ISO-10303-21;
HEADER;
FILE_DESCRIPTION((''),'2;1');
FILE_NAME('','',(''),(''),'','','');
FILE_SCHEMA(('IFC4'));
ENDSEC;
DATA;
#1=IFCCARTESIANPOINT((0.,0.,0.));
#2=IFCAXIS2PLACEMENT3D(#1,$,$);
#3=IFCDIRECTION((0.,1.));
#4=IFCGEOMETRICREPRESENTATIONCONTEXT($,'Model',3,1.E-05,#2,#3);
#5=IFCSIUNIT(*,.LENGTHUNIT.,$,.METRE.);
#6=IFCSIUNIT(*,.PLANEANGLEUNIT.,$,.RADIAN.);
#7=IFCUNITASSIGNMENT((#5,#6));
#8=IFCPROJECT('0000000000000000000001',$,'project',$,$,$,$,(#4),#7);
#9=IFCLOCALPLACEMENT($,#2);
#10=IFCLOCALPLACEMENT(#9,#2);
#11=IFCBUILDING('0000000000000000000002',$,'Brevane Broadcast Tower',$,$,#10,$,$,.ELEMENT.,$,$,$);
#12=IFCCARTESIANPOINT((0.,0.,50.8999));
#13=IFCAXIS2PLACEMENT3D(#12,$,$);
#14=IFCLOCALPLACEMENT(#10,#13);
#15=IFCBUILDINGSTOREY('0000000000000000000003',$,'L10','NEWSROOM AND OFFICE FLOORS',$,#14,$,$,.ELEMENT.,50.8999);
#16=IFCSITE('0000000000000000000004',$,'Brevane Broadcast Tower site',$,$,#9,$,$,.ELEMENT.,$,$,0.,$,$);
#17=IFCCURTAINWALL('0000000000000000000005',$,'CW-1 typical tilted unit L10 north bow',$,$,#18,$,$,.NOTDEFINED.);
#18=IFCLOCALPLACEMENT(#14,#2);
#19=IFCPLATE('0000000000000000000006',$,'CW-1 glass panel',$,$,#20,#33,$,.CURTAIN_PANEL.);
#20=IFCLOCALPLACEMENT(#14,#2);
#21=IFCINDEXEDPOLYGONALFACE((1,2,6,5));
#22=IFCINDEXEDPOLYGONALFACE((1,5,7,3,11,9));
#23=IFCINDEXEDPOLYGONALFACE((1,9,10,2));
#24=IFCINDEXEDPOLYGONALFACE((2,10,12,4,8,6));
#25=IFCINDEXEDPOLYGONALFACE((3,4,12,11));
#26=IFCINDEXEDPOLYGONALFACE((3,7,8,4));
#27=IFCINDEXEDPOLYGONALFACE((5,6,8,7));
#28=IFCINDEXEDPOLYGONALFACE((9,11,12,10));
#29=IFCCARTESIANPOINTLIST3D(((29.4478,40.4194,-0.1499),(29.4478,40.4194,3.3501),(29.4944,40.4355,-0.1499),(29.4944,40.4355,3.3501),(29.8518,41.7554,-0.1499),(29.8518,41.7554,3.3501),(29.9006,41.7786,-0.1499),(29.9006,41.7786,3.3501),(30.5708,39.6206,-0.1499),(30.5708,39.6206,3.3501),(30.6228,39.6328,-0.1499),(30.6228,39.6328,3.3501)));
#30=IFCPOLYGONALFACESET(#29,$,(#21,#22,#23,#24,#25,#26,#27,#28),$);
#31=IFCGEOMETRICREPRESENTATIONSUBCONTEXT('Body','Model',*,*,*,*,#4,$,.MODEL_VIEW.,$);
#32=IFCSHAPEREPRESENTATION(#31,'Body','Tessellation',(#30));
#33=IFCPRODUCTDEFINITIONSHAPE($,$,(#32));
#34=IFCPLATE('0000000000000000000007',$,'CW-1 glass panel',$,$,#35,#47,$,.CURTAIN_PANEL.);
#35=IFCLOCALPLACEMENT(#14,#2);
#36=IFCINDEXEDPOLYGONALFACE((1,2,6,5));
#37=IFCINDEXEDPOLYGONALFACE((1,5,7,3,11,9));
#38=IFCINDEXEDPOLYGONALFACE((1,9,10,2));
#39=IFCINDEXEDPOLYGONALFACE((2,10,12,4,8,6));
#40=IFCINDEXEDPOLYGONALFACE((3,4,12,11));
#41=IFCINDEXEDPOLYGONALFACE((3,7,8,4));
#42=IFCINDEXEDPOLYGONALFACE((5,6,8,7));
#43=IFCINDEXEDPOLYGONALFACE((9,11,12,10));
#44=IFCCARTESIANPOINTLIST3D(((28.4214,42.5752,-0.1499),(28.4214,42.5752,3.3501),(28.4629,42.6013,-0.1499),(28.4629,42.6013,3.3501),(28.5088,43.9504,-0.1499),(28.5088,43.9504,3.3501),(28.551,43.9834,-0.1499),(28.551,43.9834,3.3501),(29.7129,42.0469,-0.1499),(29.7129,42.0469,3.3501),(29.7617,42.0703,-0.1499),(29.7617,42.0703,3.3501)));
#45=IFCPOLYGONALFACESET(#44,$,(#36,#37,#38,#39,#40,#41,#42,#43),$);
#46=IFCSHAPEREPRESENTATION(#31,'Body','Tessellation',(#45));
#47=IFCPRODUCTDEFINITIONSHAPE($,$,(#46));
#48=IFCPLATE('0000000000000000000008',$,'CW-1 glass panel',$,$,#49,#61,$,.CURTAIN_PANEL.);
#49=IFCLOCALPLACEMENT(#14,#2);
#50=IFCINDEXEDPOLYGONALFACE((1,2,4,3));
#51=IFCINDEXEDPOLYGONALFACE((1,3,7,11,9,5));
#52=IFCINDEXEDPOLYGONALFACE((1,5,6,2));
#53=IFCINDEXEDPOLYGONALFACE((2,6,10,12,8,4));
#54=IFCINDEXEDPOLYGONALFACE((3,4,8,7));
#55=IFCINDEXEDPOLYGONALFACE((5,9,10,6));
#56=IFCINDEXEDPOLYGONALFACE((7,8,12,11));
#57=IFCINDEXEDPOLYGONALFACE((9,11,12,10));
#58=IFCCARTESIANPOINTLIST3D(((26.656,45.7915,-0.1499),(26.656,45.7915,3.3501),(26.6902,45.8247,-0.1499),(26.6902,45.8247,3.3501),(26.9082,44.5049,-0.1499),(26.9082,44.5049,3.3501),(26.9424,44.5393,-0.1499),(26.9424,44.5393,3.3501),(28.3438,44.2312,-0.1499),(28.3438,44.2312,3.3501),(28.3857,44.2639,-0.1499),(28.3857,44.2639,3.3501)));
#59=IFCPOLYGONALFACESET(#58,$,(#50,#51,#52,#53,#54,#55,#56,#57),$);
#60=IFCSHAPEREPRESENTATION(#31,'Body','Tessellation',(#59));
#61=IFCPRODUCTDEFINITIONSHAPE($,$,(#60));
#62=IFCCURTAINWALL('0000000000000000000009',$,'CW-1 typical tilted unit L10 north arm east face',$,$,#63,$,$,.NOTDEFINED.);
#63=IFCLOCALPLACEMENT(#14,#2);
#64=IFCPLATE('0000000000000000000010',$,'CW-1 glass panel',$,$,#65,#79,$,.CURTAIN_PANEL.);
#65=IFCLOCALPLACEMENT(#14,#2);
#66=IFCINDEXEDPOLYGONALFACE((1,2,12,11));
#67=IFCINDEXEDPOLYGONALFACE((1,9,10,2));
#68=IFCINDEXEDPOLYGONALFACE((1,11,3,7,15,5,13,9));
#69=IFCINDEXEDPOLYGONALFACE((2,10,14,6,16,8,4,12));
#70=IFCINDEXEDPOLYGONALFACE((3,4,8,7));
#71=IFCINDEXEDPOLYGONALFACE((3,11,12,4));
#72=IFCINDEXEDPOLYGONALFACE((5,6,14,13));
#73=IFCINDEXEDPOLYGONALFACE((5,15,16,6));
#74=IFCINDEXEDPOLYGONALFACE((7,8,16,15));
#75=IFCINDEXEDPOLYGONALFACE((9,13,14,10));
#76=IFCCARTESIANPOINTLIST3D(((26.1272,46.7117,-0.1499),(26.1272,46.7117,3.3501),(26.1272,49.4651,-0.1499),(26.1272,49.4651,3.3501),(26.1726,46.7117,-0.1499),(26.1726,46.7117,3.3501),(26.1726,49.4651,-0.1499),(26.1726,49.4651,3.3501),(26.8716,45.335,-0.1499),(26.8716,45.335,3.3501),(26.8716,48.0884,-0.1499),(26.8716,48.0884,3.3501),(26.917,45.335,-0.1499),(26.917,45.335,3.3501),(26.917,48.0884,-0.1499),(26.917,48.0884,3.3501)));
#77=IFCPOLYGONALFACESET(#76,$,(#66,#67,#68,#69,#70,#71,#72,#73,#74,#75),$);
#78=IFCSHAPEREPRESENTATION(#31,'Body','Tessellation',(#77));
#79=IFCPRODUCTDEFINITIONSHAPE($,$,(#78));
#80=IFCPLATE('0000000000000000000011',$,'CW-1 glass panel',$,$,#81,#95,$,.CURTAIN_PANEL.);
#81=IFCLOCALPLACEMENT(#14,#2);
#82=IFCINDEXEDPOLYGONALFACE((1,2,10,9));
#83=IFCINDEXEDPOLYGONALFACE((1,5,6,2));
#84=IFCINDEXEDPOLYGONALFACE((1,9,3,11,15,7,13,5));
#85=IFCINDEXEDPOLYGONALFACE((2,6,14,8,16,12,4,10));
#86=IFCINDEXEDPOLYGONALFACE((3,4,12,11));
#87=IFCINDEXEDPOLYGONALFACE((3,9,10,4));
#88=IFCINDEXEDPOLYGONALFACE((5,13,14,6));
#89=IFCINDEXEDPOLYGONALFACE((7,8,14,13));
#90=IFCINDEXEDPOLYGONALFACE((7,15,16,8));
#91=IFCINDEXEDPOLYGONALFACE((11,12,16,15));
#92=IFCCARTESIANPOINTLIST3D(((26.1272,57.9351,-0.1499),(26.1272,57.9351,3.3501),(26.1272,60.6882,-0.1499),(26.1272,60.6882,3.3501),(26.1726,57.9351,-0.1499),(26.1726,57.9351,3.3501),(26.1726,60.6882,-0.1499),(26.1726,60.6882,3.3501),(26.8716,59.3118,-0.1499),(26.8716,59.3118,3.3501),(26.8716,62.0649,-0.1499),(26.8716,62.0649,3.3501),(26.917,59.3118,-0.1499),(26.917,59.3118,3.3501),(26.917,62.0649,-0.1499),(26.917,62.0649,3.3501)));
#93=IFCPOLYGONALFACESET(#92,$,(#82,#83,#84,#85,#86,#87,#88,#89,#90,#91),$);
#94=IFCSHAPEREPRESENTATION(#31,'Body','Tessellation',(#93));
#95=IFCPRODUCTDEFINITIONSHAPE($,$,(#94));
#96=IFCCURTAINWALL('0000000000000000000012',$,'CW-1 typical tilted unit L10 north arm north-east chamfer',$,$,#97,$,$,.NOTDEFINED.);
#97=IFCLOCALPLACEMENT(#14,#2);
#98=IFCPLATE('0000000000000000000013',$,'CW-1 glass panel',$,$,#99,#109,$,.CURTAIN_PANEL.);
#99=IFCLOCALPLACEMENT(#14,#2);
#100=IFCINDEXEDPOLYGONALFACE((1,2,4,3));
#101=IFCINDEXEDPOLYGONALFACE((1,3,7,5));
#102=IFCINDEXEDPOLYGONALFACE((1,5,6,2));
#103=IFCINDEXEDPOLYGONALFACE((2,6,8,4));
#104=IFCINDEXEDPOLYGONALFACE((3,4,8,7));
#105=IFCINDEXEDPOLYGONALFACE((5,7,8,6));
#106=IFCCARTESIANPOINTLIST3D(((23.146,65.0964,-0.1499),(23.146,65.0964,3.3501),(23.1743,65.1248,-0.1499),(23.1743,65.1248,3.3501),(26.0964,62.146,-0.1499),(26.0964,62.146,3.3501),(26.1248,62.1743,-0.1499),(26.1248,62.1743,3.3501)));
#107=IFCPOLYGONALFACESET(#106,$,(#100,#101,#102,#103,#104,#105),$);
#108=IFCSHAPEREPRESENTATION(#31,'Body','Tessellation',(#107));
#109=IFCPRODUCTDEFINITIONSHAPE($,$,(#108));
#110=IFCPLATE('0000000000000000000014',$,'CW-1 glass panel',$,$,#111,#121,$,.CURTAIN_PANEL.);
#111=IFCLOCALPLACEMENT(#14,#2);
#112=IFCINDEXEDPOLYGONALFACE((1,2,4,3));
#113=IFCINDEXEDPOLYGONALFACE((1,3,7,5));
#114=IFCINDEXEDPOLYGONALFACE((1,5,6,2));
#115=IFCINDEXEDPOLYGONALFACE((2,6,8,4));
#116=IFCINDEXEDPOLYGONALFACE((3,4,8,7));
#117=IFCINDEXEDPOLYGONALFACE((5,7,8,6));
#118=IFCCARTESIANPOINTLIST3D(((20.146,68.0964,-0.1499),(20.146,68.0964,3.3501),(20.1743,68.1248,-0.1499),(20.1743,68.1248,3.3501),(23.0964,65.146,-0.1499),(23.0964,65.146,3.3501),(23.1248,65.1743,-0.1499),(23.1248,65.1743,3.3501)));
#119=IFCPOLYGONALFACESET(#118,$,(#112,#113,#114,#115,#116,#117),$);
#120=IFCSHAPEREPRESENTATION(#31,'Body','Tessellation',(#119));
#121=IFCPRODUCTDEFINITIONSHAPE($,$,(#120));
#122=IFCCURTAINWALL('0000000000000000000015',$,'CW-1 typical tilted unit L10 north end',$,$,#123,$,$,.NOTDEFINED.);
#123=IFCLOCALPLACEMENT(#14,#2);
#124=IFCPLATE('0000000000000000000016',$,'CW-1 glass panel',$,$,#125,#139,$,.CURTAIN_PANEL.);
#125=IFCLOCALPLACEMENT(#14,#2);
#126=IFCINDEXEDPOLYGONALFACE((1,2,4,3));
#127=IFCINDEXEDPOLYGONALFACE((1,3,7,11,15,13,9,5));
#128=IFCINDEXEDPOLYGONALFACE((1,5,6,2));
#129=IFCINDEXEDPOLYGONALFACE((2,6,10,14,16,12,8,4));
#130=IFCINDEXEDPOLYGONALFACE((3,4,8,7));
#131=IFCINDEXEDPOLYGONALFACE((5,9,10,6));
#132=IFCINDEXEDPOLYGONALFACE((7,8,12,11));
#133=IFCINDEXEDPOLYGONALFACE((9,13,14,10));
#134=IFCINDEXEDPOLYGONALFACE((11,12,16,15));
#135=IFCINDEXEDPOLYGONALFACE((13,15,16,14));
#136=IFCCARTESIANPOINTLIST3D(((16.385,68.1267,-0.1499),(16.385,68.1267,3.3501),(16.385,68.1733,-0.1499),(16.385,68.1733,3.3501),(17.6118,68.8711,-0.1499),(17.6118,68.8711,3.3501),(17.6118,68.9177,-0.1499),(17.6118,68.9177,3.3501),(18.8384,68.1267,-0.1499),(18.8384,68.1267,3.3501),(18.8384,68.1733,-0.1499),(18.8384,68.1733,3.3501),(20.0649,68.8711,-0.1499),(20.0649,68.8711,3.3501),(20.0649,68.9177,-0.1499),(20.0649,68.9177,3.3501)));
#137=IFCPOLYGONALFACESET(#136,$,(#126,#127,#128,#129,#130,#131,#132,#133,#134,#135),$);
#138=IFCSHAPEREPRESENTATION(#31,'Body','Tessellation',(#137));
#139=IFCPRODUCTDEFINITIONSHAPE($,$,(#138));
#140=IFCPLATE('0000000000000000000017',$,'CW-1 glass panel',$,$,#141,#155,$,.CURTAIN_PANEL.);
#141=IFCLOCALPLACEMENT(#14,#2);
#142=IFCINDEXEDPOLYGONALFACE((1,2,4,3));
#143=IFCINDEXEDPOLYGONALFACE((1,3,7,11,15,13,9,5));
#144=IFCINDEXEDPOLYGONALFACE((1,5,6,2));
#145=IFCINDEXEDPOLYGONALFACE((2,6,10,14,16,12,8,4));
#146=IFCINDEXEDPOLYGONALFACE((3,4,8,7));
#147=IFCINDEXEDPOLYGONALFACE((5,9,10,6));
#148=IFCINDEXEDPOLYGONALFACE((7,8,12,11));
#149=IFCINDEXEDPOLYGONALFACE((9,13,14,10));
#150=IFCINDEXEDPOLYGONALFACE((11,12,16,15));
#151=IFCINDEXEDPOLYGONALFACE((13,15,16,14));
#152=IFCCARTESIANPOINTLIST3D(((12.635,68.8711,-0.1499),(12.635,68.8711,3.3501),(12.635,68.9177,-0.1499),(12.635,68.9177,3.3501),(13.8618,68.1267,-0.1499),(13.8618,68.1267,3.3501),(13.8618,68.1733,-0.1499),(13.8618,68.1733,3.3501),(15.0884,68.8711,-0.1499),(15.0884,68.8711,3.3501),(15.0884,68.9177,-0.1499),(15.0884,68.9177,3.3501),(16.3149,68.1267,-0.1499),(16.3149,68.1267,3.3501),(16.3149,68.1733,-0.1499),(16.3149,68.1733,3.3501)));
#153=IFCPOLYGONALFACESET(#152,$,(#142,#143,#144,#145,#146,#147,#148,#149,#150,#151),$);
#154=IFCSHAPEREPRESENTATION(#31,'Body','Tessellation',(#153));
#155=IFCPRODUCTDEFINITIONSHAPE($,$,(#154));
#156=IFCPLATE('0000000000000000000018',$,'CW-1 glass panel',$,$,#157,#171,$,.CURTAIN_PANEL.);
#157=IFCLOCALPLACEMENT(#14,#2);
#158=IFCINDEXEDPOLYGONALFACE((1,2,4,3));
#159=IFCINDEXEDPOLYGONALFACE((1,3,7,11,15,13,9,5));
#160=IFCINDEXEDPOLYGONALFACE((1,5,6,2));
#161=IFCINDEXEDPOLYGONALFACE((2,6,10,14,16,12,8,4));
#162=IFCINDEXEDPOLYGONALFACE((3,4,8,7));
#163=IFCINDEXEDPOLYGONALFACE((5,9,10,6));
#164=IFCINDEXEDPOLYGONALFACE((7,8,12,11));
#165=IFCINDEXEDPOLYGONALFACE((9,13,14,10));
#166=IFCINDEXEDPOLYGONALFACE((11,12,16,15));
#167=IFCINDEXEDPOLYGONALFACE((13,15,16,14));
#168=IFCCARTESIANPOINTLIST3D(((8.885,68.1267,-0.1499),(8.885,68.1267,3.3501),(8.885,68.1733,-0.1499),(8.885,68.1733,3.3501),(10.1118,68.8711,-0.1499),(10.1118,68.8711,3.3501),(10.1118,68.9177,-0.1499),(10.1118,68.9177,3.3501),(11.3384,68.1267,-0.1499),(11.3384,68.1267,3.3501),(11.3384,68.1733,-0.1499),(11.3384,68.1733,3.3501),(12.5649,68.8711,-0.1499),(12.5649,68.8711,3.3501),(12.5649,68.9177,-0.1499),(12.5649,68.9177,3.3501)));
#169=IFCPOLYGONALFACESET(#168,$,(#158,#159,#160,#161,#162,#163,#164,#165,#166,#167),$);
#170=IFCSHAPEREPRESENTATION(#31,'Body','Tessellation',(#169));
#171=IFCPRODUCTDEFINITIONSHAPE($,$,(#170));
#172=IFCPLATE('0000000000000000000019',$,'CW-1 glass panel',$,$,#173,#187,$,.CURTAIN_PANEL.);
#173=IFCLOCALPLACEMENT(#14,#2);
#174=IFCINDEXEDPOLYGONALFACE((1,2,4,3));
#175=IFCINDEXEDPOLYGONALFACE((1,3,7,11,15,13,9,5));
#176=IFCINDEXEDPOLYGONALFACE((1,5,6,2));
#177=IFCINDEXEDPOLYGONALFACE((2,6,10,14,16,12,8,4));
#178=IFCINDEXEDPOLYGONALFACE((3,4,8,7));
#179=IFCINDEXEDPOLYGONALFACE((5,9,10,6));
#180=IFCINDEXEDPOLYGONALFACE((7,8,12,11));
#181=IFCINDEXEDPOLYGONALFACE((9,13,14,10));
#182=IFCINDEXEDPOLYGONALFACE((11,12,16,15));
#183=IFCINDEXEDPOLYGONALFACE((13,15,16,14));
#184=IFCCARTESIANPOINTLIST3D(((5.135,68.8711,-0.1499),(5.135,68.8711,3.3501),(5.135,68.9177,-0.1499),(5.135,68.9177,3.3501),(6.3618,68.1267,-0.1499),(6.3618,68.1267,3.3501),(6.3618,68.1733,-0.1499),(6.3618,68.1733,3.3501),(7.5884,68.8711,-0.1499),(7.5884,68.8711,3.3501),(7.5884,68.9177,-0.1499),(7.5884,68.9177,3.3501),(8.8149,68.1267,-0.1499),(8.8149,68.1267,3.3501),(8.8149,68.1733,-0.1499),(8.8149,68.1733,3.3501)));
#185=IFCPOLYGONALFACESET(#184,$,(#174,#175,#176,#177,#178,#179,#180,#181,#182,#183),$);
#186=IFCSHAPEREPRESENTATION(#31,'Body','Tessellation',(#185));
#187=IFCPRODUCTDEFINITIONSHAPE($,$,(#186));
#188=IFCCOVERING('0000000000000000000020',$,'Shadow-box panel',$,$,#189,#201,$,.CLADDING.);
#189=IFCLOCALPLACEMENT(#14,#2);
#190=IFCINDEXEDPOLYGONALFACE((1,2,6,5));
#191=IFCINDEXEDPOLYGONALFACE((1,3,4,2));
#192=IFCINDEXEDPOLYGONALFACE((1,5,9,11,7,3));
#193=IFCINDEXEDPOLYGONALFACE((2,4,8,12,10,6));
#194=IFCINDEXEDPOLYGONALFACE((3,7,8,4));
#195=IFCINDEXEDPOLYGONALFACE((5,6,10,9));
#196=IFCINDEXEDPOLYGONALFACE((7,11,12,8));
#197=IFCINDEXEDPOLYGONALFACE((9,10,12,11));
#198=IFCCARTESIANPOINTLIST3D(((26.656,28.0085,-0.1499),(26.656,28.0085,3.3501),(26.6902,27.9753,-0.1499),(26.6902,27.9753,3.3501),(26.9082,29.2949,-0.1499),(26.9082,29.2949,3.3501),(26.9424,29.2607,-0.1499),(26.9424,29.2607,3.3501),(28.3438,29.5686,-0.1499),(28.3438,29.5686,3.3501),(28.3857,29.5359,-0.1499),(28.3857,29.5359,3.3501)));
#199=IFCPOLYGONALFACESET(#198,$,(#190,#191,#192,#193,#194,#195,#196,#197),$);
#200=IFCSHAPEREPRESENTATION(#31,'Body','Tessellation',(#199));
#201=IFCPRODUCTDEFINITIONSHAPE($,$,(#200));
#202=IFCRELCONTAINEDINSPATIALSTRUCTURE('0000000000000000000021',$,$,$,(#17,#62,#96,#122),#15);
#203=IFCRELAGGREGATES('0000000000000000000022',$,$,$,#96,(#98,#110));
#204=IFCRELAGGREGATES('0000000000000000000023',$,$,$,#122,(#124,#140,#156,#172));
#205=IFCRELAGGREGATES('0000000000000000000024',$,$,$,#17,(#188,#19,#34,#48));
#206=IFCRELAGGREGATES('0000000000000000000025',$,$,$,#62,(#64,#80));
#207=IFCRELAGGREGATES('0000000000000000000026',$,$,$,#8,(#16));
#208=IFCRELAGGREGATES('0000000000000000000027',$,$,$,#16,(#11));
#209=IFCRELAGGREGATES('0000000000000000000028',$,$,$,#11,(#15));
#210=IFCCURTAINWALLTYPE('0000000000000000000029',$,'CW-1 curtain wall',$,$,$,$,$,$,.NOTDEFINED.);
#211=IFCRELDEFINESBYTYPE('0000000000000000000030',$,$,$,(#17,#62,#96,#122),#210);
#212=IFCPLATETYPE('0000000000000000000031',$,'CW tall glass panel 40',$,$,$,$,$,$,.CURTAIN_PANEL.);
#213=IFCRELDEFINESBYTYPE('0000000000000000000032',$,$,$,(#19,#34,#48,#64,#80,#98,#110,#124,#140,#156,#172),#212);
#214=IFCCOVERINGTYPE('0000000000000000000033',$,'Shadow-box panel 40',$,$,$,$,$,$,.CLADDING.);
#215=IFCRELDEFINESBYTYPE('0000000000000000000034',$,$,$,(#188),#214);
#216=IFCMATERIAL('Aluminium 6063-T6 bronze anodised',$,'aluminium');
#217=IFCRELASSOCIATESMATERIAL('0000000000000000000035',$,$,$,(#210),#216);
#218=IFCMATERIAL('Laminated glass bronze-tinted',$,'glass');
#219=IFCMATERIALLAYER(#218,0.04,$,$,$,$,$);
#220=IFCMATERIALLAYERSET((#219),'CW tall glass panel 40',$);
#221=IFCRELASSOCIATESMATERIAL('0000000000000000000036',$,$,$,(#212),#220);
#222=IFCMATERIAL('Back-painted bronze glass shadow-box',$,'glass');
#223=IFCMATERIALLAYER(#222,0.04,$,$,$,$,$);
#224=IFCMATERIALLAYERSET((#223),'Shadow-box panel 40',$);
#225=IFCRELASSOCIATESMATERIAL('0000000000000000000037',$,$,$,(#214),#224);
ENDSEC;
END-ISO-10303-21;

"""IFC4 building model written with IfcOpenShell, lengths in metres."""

from ifc_helpers import new_model, si_unit, direction, frame, origin, place, context, subcontext, project, spatial, polyline, outline, extrude, material, layer, layer_set, type_object, element, aggregate, save


model = new_model("IFC4")

# Units and contexts
model_context = context("Model", 3, precision=1e-05, world=origin(), true_north=direction((0.0, 1.0)))
body_context = subcontext(model_context, "Body", "Model", "MODEL_VIEW")
ifc_project = project(units=[si_unit("LENGTHUNIT", "METRE"), si_unit("PLANEANGLEUNIT", "RADIAN")], contexts=[model_context])

# Site, building, storey
site_placement = place(None, origin())
site = spatial("IfcSite", under=ifc_project, at=site_placement, Name="Brevane Broadcast Tower site", CompositionType="ELEMENT", RefElevation=0.0)
building_placement = place(site_placement, origin())
building = spatial("IfcBuilding", under=site, at=building_placement, Name="Brevane Broadcast Tower", CompositionType="ELEMENT")
storey_placement = place(building_placement, frame((0.0, 0.0, 50.8999)))
storey = spatial("IfcBuildingStorey", under=building, at=storey_placement, Name="L10", Description="NEWSROOM AND OFFICE FLOORS", CompositionType="ELEMENT", Elevation=50.8999)

# Shared definitions
ifc_material_1 = material(Name="Aluminium 6063-T6 bronze anodised", Category="aluminium")
curtain_wall_type = type_object("IfcCurtainWallType", Name="CW-1 curtain wall", PredefinedType="NOTDEFINED", material=ifc_material_1)

# Curtain walls, plates
ifc_material_2 = material(Name="Laminated glass bronze-tinted", Category="glass")
ifc_layer_1 = layer(ifc_material_2, 0.04)
ifc_layer_set_1 = layer_set([ifc_layer_1], Name="CW tall glass panel 40")
plate_type = type_object("IfcPlateType", Name="CW tall glass panel 40", PredefinedType="CURTAIN_PANEL", material=ifc_layer_set_1)
curtain_wall_1_placement = place(storey_placement, origin())
curtain_wall_1 = element("IfcCurtainWall", 1, at=curtain_wall_1_placement, inside=storey, type_object=curtain_wall_type, Name="CW-1 typical tilted unit L10 north bow", PredefinedType="NOTDEFINED")
plate_1_placement = place(storey_placement, frame((0.0, 0.0, -0.1499)))
plate_1 = element("IfcPlate", 2, at=plate_1_placement, type_object=plate_type, Name="CW-1 glass panel", PredefinedType="CURTAIN_PANEL", context=body_context, shape_type="SweptSolid", body=[
    extrude(outline(polyline([(30.5708, 39.6206), (30.6228, 39.6328), (29.4944, 40.4355), (29.9006, 41.7786), (29.8518, 41.7554), (29.4478, 40.4194), (30.5708, 39.6206)])), origin(), (0.0, 0.0, 1.0), 3.5),
])
plate_2_placement = place(storey_placement, frame((0.0, 0.0, -0.1499)))
plate_2 = element("IfcPlate", 3, at=plate_2_placement, type_object=plate_type, Name="CW-1 glass panel", PredefinedType="CURTAIN_PANEL", context=body_context, shape_type="SweptSolid", body=[
    extrude(outline(polyline([(29.7129, 42.0469), (29.7617, 42.0703), (28.4629, 42.6013), (28.551, 43.9834), (28.5088, 43.9504), (28.4214, 42.5752), (29.7129, 42.0469)])), origin(), (0.0, 0.0, 1.0), 3.5),
])
plate_3_placement = place(storey_placement, frame((0.0, 0.0, -0.1499)))
plate_3 = element("IfcPlate", 4, at=plate_3_placement, type_object=plate_type, Name="CW-1 glass panel", PredefinedType="CURTAIN_PANEL", context=body_context, shape_type="SweptSolid", body=[
    extrude(outline(polyline([(28.3438, 44.2312), (28.3857, 44.2639), (26.9424, 44.5393), (26.6902, 45.8247), (26.656, 45.7915), (26.9082, 44.5049), (28.3438, 44.2312)])), origin(), (0.0, 0.0, 1.0), 3.5),
])
curtain_wall_2_placement = place(storey_placement, origin())
curtain_wall_2 = element("IfcCurtainWall", 5, at=curtain_wall_2_placement, inside=storey, type_object=curtain_wall_type, Name="CW-1 typical tilted unit L10 north arm east face", PredefinedType="NOTDEFINED")
plate_4_placement = place(storey_placement, frame((0.0, 0.0, -0.1499)))
plate_4 = element("IfcPlate", 6, at=plate_4_placement, type_object=plate_type, Name="CW-1 glass panel", PredefinedType="CURTAIN_PANEL", context=body_context, shape_type="SweptSolid", body=[
    extrude(outline(polyline([(26.8716, 45.335), (26.917, 45.335), (26.1726, 46.7117), (26.917, 48.0884), (26.1726, 49.4651), (26.1272, 49.4651), (26.8716, 48.0884), (26.1272, 46.7117), (26.8716, 45.335)])), origin(), (0.0, 0.0, 1.0), 3.5),
])
plate_5_placement = place(storey_placement, frame((0.0, 0.0, -0.1499)))
plate_5 = element("IfcPlate", 7, at=plate_5_placement, type_object=plate_type, Name="CW-1 glass panel", PredefinedType="CURTAIN_PANEL", context=body_context, shape_type="SweptSolid", body=[
    extrude(outline(polyline([(26.1272, 57.9351), (26.1726, 57.9351), (26.917, 59.3118), (26.1726, 60.6882), (26.917, 62.0649), (26.8716, 62.0649), (26.1272, 60.6882), (26.8716, 59.3118), (26.1272, 57.9351)])), origin(), (0.0, 0.0, 1.0), 3.5),
])
curtain_wall_3_placement = place(storey_placement, origin())
curtain_wall_3 = element("IfcCurtainWall", 8, at=curtain_wall_3_placement, inside=storey, type_object=curtain_wall_type, Name="CW-1 typical tilted unit L10 north arm north-east chamfer", PredefinedType="NOTDEFINED")
plate_6_placement = place(storey_placement, frame((0.0, 0.0, -0.1499)))
plate_6 = element("IfcPlate", 9, at=plate_6_placement, type_object=plate_type, Name="CW-1 glass panel", PredefinedType="CURTAIN_PANEL", context=body_context, shape_type="SweptSolid", body=[
    extrude(outline(polyline([(26.0964, 62.146), (23.146, 65.0964), (23.1743, 65.1248), (26.1248, 62.1743), (26.0964, 62.146)])), origin(), (0.0, 0.0, 1.0), 3.5),
])
plate_7_placement = place(storey_placement, frame((0.0, 0.0, -0.1499)))
plate_7 = element("IfcPlate", 10, at=plate_7_placement, type_object=plate_type, Name="CW-1 glass panel", PredefinedType="CURTAIN_PANEL", context=body_context, shape_type="SweptSolid", body=[
    extrude(outline(polyline([(23.0964, 65.146), (20.146, 68.0964), (20.1743, 68.1248), (23.1248, 65.1743), (23.0964, 65.146)])), origin(), (0.0, 0.0, 1.0), 3.5),
])
aggregate(curtain_wall_3, [plate_6, plate_7])
curtain_wall_4_placement = place(storey_placement, origin())
curtain_wall_4 = element("IfcCurtainWall", 11, at=curtain_wall_4_placement, inside=storey, type_object=curtain_wall_type, Name="CW-1 typical tilted unit L10 north end", PredefinedType="NOTDEFINED")
plate_8_placement = place(storey_placement, frame((0.0, 0.0, -0.1499)))
plate_8 = element("IfcPlate", 12, at=plate_8_placement, type_object=plate_type, Name="CW-1 glass panel", PredefinedType="CURTAIN_PANEL", context=body_context, shape_type="SweptSolid", body=[
    extrude(outline(polyline([(20.0649, 68.8711), (20.0649, 68.9177), (18.8384, 68.1733), (17.6118, 68.9177), (16.385, 68.1733), (16.385, 68.1267), (17.6118, 68.8711), (18.8384, 68.1267), (20.0649, 68.8711)])), origin(), (0.0, 0.0, 1.0), 3.5),
])
plate_9_placement = place(storey_placement, frame((0.0, 0.0, -0.1499)))
plate_9 = element("IfcPlate", 13, at=plate_9_placement, type_object=plate_type, Name="CW-1 glass panel", PredefinedType="CURTAIN_PANEL", context=body_context, shape_type="SweptSolid", body=[
    extrude(outline(polyline([(16.3149, 68.1267), (16.3149, 68.1733), (15.0884, 68.9177), (13.8618, 68.1733), (12.635, 68.9177), (12.635, 68.8711), (13.8618, 68.1267), (15.0884, 68.8711), (16.3149, 68.1267)])), origin(), (0.0, 0.0, 1.0), 3.5),
])
plate_10_placement = place(storey_placement, frame((0.0, 0.0, -0.1499)))
plate_10 = element("IfcPlate", 14, at=plate_10_placement, type_object=plate_type, Name="CW-1 glass panel", PredefinedType="CURTAIN_PANEL", context=body_context, shape_type="SweptSolid", body=[
    extrude(outline(polyline([(12.5649, 68.8711), (12.5649, 68.9177), (11.3384, 68.1733), (10.1118, 68.9177), (8.885, 68.1733), (8.885, 68.1267), (10.1118, 68.8711), (11.3384, 68.1267), (12.5649, 68.8711)])), origin(), (0.0, 0.0, 1.0), 3.5),
])
plate_11_placement = place(storey_placement, frame((0.0, 0.0, -0.1499)))
plate_11 = element("IfcPlate", 15, at=plate_11_placement, type_object=plate_type, Name="CW-1 glass panel", PredefinedType="CURTAIN_PANEL", context=body_context, shape_type="SweptSolid", body=[
    extrude(outline(polyline([(8.8149, 68.1267), (8.8149, 68.1733), (7.5884, 68.9177), (6.3618, 68.1733), (5.135, 68.9177), (5.135, 68.8711), (6.3618, 68.1267), (7.5884, 68.8711), (8.8149, 68.1267)])), origin(), (0.0, 0.0, 1.0), 3.5),
])
aggregate(curtain_wall_4, [plate_8, plate_9, plate_10, plate_11])

# Covering
ifc_material_3 = material(Name="Back-painted bronze glass shadow-box", Category="glass")
ifc_layer_2 = layer(ifc_material_3, 0.04)
ifc_layer_set_2 = layer_set([ifc_layer_2], Name="Shadow-box panel 40")
covering_type = type_object("IfcCoveringType", Name="Shadow-box panel 40", PredefinedType="CLADDING", material=ifc_layer_set_2)
covering_1_placement = place(storey_placement, frame((0.0, 0.0, -0.1499)))
covering_1 = element("IfcCovering", 16, at=covering_1_placement, type_object=covering_type, Name="Shadow-box panel", PredefinedType="CLADDING", context=body_context, shape_type="SweptSolid", body=[
    extrude(outline(polyline([(26.656, 28.0085), (26.6902, 27.9753), (26.9424, 29.2607), (28.3857, 29.5359), (28.3438, 29.5686), (26.9082, 29.2949), (26.656, 28.0085)])), origin(), (0.0, 0.0, 1.0), 3.5),
])
aggregate(curtain_wall_1, [covering_1, plate_1, plate_2, plate_3])
aggregate(curtain_wall_2, [plate_4, plate_5])

save(model, "model.ifc")
